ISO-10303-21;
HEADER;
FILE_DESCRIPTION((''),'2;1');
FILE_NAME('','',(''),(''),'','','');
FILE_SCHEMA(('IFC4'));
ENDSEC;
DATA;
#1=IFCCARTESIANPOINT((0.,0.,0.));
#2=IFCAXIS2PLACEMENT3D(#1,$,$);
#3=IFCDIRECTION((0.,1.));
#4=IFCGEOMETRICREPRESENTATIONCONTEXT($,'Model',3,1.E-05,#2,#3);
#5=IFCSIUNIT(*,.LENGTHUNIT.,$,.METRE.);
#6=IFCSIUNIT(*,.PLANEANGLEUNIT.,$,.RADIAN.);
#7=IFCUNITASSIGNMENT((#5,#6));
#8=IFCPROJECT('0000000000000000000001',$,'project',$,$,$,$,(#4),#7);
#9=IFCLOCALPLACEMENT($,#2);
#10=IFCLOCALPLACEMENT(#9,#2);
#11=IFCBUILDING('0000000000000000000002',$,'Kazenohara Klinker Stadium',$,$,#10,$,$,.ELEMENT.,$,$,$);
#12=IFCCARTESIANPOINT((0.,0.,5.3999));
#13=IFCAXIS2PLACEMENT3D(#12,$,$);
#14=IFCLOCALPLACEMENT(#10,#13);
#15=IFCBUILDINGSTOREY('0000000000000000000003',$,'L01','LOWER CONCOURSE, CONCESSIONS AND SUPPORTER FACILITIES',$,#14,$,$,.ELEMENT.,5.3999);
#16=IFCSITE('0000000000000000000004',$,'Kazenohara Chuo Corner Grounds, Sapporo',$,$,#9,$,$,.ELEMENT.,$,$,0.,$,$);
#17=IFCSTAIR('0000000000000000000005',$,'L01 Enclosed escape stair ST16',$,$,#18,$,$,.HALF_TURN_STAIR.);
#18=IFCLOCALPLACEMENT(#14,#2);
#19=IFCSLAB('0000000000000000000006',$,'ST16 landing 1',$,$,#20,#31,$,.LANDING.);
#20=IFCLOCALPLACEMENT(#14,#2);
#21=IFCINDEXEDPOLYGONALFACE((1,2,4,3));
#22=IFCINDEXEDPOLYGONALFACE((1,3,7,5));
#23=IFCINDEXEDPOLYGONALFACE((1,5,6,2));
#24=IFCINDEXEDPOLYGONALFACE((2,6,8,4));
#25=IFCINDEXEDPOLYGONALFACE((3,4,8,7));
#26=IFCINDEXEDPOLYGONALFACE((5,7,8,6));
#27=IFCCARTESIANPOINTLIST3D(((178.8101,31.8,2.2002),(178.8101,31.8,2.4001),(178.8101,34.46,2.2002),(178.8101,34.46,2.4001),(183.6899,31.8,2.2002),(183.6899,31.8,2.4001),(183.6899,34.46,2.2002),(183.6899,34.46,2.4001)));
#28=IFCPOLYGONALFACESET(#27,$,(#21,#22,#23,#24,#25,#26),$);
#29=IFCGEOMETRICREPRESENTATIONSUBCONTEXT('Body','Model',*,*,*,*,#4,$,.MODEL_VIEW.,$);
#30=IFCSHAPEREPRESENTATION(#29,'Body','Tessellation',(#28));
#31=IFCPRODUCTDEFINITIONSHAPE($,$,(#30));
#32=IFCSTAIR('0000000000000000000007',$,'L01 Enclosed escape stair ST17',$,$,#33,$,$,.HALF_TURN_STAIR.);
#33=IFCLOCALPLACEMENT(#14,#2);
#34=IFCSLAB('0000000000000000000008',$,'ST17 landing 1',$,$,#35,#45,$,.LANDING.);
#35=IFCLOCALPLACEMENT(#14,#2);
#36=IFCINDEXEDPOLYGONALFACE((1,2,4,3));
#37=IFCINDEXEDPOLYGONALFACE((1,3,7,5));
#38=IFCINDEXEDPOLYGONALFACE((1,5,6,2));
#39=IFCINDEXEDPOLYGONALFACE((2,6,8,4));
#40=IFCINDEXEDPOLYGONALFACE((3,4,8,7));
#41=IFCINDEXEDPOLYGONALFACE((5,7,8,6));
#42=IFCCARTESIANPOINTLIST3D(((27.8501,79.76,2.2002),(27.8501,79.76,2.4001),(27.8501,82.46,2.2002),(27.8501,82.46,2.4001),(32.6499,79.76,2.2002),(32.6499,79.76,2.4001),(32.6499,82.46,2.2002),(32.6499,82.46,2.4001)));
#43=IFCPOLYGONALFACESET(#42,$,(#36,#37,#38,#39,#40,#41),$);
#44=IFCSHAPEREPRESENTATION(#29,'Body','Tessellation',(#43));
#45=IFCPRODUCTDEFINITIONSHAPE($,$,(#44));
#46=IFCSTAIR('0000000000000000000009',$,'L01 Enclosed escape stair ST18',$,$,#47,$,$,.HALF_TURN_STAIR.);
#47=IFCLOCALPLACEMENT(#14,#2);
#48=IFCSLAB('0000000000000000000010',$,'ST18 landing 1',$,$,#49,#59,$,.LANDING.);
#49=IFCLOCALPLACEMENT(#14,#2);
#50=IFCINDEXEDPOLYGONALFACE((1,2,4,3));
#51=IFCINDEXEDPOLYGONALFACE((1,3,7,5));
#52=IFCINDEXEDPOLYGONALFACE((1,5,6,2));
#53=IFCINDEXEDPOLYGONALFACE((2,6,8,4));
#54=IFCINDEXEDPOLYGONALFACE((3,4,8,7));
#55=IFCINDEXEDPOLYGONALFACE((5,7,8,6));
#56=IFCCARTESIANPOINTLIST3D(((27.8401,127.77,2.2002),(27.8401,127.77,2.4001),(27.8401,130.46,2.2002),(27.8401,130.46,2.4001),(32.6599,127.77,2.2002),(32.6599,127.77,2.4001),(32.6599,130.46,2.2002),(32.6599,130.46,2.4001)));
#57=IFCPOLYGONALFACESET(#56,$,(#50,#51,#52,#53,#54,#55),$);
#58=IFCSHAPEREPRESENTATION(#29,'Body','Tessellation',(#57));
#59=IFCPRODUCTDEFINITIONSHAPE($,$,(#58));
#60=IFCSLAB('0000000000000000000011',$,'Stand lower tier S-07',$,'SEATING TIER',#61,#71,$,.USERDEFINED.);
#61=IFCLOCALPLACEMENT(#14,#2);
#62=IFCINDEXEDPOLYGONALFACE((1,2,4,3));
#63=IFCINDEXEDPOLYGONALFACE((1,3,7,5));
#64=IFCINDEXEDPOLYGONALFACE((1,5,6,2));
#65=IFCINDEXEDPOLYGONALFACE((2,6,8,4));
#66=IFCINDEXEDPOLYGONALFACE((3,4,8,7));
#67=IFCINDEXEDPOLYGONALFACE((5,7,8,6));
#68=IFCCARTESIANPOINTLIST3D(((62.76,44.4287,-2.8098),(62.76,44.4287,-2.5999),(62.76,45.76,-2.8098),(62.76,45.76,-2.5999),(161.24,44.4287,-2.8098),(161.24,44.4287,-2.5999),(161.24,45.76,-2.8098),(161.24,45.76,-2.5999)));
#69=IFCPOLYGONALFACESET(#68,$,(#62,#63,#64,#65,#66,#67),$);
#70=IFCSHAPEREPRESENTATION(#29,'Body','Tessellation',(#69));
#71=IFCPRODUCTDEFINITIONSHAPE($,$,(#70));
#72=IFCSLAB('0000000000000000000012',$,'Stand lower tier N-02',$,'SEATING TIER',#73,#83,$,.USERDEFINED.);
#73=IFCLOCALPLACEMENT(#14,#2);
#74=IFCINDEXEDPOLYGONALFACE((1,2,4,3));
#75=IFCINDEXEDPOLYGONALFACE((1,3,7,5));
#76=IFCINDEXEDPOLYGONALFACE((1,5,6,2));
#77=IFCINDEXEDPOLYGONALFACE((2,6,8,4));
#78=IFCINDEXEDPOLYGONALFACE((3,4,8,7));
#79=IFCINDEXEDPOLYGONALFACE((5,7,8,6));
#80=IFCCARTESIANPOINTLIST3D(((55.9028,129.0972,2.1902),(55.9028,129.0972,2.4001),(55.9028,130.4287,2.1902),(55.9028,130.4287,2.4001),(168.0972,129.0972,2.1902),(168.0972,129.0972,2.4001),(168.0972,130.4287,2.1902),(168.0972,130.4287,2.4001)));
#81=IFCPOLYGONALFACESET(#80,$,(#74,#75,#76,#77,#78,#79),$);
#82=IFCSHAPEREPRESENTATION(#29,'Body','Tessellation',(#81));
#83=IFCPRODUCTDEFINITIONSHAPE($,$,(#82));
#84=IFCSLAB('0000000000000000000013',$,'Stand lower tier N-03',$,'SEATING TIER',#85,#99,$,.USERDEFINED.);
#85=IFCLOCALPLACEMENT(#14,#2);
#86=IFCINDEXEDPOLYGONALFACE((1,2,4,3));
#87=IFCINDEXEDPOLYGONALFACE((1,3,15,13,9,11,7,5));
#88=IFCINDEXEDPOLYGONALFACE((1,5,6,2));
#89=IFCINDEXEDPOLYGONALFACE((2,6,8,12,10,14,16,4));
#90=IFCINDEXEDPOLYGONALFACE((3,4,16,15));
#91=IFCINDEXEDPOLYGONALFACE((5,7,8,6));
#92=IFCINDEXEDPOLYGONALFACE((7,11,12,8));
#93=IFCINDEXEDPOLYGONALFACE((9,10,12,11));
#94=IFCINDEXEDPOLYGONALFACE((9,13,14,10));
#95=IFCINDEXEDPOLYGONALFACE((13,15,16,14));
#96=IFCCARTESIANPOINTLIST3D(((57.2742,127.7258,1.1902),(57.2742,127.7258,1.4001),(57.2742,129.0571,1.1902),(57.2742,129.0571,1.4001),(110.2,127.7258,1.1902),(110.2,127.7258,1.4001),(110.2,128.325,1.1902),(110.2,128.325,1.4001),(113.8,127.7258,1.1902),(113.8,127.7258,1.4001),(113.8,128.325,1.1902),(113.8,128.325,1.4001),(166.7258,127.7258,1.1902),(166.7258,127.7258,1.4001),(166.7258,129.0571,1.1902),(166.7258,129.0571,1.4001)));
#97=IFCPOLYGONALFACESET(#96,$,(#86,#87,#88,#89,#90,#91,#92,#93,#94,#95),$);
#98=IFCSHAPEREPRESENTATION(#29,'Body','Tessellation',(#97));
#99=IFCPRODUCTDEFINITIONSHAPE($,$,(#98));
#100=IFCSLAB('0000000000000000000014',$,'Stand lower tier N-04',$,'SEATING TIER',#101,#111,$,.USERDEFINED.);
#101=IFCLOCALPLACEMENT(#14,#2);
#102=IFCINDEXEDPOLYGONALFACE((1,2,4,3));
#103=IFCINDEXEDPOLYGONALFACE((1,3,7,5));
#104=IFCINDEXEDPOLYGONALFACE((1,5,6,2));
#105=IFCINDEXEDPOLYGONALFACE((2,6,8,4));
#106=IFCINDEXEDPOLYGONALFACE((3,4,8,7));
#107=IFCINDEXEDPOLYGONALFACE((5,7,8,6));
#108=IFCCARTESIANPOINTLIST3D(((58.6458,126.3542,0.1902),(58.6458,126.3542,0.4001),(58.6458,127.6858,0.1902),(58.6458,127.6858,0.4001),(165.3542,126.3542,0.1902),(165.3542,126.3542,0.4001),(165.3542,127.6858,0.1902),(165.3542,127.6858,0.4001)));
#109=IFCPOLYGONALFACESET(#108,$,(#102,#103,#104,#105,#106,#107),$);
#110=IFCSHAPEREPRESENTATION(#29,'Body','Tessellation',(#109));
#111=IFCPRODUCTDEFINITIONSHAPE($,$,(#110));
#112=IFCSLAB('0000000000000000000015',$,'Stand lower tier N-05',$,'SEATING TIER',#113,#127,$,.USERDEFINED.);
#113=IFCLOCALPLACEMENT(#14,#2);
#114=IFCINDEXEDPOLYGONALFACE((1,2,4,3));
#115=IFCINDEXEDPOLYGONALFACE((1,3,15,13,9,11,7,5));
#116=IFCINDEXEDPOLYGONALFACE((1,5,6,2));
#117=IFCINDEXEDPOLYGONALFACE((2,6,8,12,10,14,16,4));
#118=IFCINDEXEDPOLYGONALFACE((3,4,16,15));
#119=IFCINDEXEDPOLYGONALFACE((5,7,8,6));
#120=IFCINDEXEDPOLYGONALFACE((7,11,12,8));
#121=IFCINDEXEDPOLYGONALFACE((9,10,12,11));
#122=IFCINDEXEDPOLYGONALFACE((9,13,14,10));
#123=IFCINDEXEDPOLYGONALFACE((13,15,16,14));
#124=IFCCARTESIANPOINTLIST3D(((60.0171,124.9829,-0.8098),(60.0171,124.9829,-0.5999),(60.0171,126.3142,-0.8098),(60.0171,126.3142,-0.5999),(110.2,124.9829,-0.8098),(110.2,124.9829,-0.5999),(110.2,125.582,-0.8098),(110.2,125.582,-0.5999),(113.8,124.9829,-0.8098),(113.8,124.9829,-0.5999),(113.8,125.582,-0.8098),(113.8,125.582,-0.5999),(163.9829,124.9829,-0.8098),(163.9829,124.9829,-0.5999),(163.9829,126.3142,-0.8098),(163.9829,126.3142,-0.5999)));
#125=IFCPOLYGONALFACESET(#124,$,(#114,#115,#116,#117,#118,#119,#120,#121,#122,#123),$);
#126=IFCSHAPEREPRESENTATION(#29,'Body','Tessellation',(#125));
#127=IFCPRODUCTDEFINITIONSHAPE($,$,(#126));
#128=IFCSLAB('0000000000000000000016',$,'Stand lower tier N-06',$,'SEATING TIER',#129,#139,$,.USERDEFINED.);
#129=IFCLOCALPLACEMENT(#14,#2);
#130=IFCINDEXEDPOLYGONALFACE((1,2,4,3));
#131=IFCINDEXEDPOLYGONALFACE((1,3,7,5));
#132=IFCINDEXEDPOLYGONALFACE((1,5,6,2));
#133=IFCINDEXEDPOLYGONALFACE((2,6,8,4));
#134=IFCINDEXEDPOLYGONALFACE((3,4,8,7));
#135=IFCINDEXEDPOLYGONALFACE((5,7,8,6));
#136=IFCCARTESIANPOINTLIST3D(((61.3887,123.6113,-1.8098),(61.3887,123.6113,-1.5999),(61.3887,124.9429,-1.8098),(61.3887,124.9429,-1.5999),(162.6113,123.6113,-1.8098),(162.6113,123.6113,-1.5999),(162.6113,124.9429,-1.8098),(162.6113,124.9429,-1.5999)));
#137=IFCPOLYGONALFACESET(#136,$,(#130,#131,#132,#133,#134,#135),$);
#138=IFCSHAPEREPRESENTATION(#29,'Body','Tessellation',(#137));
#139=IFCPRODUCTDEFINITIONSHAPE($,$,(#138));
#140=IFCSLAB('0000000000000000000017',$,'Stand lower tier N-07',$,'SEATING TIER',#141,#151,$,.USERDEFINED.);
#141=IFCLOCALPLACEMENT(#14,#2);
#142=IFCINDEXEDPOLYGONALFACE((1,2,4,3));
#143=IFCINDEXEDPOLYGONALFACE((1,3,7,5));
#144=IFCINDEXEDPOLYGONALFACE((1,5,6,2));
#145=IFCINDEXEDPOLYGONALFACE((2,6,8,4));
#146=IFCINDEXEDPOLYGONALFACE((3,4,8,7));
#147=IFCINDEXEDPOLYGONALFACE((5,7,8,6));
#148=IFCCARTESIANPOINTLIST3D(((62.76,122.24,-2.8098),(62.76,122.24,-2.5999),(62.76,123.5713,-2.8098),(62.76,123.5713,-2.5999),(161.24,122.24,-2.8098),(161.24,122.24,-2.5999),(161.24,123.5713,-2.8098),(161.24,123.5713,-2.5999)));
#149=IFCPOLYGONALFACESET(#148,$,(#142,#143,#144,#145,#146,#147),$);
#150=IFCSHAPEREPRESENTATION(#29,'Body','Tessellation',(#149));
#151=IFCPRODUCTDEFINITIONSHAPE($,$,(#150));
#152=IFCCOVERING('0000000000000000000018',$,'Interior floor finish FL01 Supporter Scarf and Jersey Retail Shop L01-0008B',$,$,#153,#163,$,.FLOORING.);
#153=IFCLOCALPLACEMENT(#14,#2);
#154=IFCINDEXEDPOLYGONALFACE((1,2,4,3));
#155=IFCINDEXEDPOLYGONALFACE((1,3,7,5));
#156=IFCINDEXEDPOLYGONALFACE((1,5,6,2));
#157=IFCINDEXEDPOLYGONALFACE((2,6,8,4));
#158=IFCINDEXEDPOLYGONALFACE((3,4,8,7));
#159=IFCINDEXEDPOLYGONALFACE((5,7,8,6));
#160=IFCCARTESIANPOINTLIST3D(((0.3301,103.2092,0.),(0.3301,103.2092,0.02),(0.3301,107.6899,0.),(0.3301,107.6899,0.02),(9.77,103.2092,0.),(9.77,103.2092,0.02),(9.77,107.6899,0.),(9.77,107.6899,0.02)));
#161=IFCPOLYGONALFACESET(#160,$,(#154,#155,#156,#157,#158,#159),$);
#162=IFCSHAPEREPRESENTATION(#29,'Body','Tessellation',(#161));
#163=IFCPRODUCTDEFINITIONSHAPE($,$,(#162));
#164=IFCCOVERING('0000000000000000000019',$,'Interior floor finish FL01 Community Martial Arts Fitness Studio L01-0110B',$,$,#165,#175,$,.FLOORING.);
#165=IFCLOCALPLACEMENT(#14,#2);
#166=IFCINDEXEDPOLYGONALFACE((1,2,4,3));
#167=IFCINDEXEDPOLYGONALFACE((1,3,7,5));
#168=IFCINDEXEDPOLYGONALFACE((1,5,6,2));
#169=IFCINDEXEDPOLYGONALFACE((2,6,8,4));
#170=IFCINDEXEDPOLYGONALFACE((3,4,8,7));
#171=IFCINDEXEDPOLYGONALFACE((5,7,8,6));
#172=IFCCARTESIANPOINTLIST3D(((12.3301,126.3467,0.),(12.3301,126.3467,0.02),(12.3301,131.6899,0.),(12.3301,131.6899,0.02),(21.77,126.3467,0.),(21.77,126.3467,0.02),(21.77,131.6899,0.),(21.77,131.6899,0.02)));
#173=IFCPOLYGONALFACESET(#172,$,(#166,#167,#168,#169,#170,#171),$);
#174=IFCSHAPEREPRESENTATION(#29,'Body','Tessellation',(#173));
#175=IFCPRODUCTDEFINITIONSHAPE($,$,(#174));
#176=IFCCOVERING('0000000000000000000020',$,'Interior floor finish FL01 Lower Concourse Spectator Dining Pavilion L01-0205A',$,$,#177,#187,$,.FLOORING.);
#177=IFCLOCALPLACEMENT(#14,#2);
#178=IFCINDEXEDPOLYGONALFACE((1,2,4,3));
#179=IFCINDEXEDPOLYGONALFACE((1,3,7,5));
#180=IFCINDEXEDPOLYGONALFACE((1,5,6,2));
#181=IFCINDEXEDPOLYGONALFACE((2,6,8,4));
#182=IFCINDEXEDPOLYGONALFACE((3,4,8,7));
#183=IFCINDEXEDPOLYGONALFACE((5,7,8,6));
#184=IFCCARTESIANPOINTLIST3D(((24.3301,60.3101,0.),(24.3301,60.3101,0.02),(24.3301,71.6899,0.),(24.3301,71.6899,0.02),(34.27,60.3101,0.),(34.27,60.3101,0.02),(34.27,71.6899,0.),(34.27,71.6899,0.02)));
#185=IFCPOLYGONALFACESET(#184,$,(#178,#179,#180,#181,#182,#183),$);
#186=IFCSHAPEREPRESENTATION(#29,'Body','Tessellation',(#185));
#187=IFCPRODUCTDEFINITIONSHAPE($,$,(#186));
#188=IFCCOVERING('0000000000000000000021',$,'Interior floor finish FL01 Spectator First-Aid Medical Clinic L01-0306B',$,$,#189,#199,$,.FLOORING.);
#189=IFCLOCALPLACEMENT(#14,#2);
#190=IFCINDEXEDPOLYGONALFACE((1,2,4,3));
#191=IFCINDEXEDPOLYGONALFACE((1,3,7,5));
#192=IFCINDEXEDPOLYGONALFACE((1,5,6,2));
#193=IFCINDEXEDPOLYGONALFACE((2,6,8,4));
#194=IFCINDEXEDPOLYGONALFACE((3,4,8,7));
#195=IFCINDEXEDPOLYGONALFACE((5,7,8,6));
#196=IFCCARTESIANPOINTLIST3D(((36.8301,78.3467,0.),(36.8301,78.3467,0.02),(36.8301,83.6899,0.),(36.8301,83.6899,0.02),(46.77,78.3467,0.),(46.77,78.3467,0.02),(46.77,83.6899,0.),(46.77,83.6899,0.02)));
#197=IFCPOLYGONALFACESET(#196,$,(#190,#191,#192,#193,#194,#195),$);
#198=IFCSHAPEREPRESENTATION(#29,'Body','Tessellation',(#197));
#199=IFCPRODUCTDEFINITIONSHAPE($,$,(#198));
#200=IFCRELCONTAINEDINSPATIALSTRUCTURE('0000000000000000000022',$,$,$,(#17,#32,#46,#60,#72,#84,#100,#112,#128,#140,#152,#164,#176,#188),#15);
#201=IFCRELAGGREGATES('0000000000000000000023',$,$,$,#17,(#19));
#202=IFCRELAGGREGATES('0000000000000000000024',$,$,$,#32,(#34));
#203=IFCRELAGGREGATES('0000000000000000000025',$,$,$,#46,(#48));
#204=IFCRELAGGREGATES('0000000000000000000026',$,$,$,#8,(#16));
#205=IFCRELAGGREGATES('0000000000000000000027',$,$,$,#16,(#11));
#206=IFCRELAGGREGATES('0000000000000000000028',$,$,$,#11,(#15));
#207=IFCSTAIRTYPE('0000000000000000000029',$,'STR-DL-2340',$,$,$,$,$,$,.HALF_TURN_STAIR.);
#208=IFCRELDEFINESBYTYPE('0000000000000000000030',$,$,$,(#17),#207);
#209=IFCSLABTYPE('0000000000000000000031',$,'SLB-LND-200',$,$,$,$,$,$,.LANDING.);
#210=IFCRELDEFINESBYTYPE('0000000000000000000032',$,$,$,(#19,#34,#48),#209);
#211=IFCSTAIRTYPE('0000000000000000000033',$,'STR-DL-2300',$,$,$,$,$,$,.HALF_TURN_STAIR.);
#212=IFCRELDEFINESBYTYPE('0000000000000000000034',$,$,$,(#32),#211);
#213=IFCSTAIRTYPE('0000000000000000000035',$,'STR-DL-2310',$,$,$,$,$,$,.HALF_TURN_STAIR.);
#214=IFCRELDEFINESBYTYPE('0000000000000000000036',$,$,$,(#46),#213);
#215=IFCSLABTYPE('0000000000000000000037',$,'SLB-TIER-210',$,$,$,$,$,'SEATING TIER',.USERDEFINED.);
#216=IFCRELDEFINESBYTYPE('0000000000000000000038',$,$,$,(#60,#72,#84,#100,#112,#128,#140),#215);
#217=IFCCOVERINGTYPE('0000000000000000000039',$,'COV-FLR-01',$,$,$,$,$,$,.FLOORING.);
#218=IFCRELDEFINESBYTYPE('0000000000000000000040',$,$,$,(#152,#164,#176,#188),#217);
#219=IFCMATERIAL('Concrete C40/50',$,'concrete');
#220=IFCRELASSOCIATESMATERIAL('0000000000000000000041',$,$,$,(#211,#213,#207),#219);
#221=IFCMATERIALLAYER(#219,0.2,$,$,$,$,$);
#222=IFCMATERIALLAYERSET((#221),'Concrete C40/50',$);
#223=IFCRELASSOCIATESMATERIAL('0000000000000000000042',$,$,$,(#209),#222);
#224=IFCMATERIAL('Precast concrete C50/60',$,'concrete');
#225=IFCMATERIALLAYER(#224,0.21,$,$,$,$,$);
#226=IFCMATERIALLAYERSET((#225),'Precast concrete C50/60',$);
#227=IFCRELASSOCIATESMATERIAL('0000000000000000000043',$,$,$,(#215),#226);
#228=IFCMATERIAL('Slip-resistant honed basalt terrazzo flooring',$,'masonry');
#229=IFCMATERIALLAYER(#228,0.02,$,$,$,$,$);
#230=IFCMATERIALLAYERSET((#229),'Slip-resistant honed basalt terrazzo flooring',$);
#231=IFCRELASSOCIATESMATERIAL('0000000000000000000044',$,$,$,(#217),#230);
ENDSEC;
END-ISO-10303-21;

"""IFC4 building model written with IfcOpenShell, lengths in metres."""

from ifc_helpers import new_model, si_unit, direction, frame, origin, place, context, subcontext, project, spatial, polyline, outline, extrude, material, layer, layer_set, type_object, element, aggregate, save


model = new_model("IFC4")

# Units and contexts
model_context = context("Model", 3, precision=1e-05, world=origin(), true_north=direction((0.0, 1.0)))
body_context = subcontext(model_context, "Body", "Model", "MODEL_VIEW")
ifc_project = project(units=[si_unit("LENGTHUNIT", "METRE"), si_unit("PLANEANGLEUNIT", "RADIAN")], contexts=[model_context])

# Site, building, storey
site_placement = place(None, origin())
site = spatial("IfcSite", under=ifc_project, at=site_placement, Name="Kazenohara Chuo Corner Grounds, Sapporo", CompositionType="ELEMENT", RefElevation=0.0)
building_placement = place(site_placement, origin())
building = spatial("IfcBuilding", under=site, at=building_placement, Name="Kazenohara Klinker Stadium", CompositionType="ELEMENT")
storey_placement = place(building_placement, frame((0.0, 0.0, 5.3999)))
storey = spatial("IfcBuildingStorey", under=building, at=storey_placement, Name="L01", Description="LOWER CONCOURSE, CONCESSIONS AND SUPPORTER FACILITIES", CompositionType="ELEMENT", Elevation=5.3999)

# Stairs, slabs
ifc_material_1 = material(Name="Concrete C40/50", Category="concrete")
stair_type_1 = type_object("IfcStairType", Name="STR-DL-2300", PredefinedType="HALF_TURN_STAIR", material=ifc_material_1)
ifc_layer_1 = layer(ifc_material_1, 0.2)
ifc_layer_set_1 = layer_set([ifc_layer_1], Name="Concrete C40/50")
slab_type_1 = type_object("IfcSlabType", Name="SLB-LND-200", PredefinedType="LANDING", material=ifc_layer_set_1)
stair_type_2 = type_object("IfcStairType", Name="STR-DL-2310", PredefinedType="HALF_TURN_STAIR", material=ifc_material_1)
stair_type_3 = type_object("IfcStairType", Name="STR-DL-2340", PredefinedType="HALF_TURN_STAIR", material=ifc_material_1)
stair_1_placement = place(storey_placement, origin())
stair_1 = element("IfcStair", 1, at=stair_1_placement, inside=storey, type_object=stair_type_3, Name="L01 Enclosed escape stair ST16", PredefinedType="HALF_TURN_STAIR")
slab_1_placement = place(storey_placement, frame((0.0, 0.0, 2.2002)))
slab_1 = element("IfcSlab", 2, at=slab_1_placement, type_object=slab_type_1, Name="ST16 landing 1", PredefinedType="LANDING", context=body_context, shape_type="SweptSolid", body=[
    extrude(outline(polyline([(183.6899, 31.8), (183.6899, 34.46), (178.8101, 34.46), (178.8101, 31.8), (183.6899, 31.8)])), origin(), (0.0, 0.0, 1.0), 0.2),
])
aggregate(stair_1, [slab_1])
stair_2_placement = place(storey_placement, origin())
stair_2 = element("IfcStair", 3, at=stair_2_placement, inside=storey, type_object=stair_type_1, Name="L01 Enclosed escape stair ST17", PredefinedType="HALF_TURN_STAIR")
slab_2_placement = place(storey_placement, frame((0.0, 0.0, 2.2002)))
slab_2 = element("IfcSlab", 4, at=slab_2_placement, type_object=slab_type_1, Name="ST17 landing 1", PredefinedType="LANDING", context=body_context, shape_type="SweptSolid", body=[
    extrude(outline(polyline([(32.6499, 79.76), (32.6499, 82.46), (27.8501, 82.46), (27.8501, 79.76), (32.6499, 79.76)])), origin(), (0.0, 0.0, 1.0), 0.2),
])
aggregate(stair_2, [slab_2])
stair_3_placement = place(storey_placement, origin())
stair_3 = element("IfcStair", 5, at=stair_3_placement, inside=storey, type_object=stair_type_2, Name="L01 Enclosed escape stair ST18", PredefinedType="HALF_TURN_STAIR")
slab_3_placement = place(storey_placement, frame((0.0, 0.0, 2.2002)))
slab_3 = element("IfcSlab", 6, at=slab_3_placement, type_object=slab_type_1, Name="ST18 landing 1", PredefinedType="LANDING", context=body_context, shape_type="SweptSolid", body=[
    extrude(outline(polyline([(32.6599, 127.77), (32.6599, 130.46), (27.8401, 130.46), (27.8401, 127.77), (32.6599, 127.77)])), origin(), (0.0, 0.0, 1.0), 0.2),
])
aggregate(stair_3, [slab_3])

# Slabs
ifc_material_2 = material(Name="Precast concrete C50/60", Category="concrete")
ifc_layer_2 = layer(ifc_material_2, 0.21)
ifc_layer_set_2 = layer_set([ifc_layer_2], Name="Precast concrete C50/60")
slab_type_2 = type_object("IfcSlabType", Name="SLB-TIER-210", ElementType="SEATING TIER", PredefinedType="USERDEFINED", material=ifc_layer_set_2)
slab_4_placement = place(storey_placement, frame((0.0, 0.0, -2.8098)))
element("IfcSlab", 7, at=slab_4_placement, inside=storey, type_object=slab_type_2, Name="Stand lower tier S-07", ObjectType="SEATING TIER", PredefinedType="USERDEFINED", context=body_context, shape_type="SweptSolid", body=[
    extrude(outline(polyline([(62.76, 44.4287), (161.24, 44.4287), (161.24, 45.76), (62.76, 45.76), (62.76, 44.4287)])), origin(), (0.0, 0.0, 1.0), 0.21),
])
slab_5_placement = place(storey_placement, frame((0.0, 0.0, 2.1902)))
element("IfcSlab", 8, at=slab_5_placement, inside=storey, type_object=slab_type_2, Name="Stand lower tier N-02", ObjectType="SEATING TIER", PredefinedType="USERDEFINED", context=body_context, shape_type="SweptSolid", body=[
    extrude(outline(polyline([(55.9028, 129.0972), (168.0972, 129.0972), (168.0972, 130.4287), (55.9028, 130.4287), (55.9028, 129.0972)])), origin(), (0.0, 0.0, 1.0), 0.21),
])
slab_6_placement = place(storey_placement, frame((0.0, 0.0, 1.1902)))
element("IfcSlab", 9, at=slab_6_placement, inside=storey, type_object=slab_type_2, Name="Stand lower tier N-03", ObjectType="SEATING TIER", PredefinedType="USERDEFINED", context=body_context, shape_type="SweptSolid", body=[
    extrude(outline(polyline([(57.2742, 127.7258), (110.2, 127.7258), (110.2, 128.325), (113.8, 128.325), (113.8, 127.7258), (166.7258, 127.7258), (166.7258, 129.0571), (57.2742, 129.0571), (57.2742, 127.7258)])), origin(), (0.0, 0.0, 1.0), 0.21),
])
slab_7_placement = place(storey_placement, frame((0.0, 0.0, 0.1902)))
element("IfcSlab", 10, at=slab_7_placement, inside=storey, type_object=slab_type_2, Name="Stand lower tier N-04", ObjectType="SEATING TIER", PredefinedType="USERDEFINED", context=body_context, shape_type="SweptSolid", body=[
    extrude(outline(polyline([(58.6458, 126.3542), (165.3542, 126.3542), (165.3542, 127.6858), (58.6458, 127.6858), (58.6458, 126.3542)])), origin(), (0.0, 0.0, 1.0), 0.21),
])
slab_8_placement = place(storey_placement, frame((0.0, 0.0, -0.8098)))
element("IfcSlab", 11, at=slab_8_placement, inside=storey, type_object=slab_type_2, Name="Stand lower tier N-05", ObjectType="SEATING TIER", PredefinedType="USERDEFINED", context=body_context, shape_type="SweptSolid", body=[
    extrude(outline(polyline([(60.0171, 124.9829), (110.2, 124.9829), (110.2, 125.582), (113.8, 125.582), (113.8, 124.9829), (163.9829, 124.9829), (163.9829, 126.3142), (60.0171, 126.3142), (60.0171, 124.9829)])), origin(), (0.0, 0.0, 1.0), 0.21),
])
slab_9_placement = place(storey_placement, frame((0.0, 0.0, -1.8098)))
element("IfcSlab", 12, at=slab_9_placement, inside=storey, type_object=slab_type_2, Name="Stand lower tier N-06", ObjectType="SEATING TIER", PredefinedType="USERDEFINED", context=body_context, shape_type="SweptSolid", body=[
    extrude(outline(polyline([(61.3887, 123.6113), (162.6113, 123.6113), (162.6113, 124.9429), (61.3887, 124.9429), (61.3887, 123.6113)])), origin(), (0.0, 0.0, 1.0), 0.21),
])
slab_10_placement = place(storey_placement, frame((0.0, 0.0, -2.8098)))
element("IfcSlab", 13, at=slab_10_placement, inside=storey, type_object=slab_type_2, Name="Stand lower tier N-07", ObjectType="SEATING TIER", PredefinedType="USERDEFINED", context=body_context, shape_type="SweptSolid", body=[
    extrude(outline(polyline([(62.76, 122.24), (161.24, 122.24), (161.24, 123.5713), (62.76, 123.5713), (62.76, 122.24)])), origin(), (0.0, 0.0, 1.0), 0.21),
])

# Coverings
ifc_material_3 = material(Name="Slip-resistant honed basalt terrazzo flooring", Category="masonry")
ifc_layer_3 = layer(ifc_material_3, 0.02)
ifc_layer_set_3 = layer_set([ifc_layer_3], Name="Slip-resistant honed basalt terrazzo flooring")
covering_type_1 = type_object("IfcCoveringType", Name="COV-FLR-01", PredefinedType="FLOORING", material=ifc_layer_set_3)
covering_1_placement = place(storey_placement, origin())
element("IfcCovering", 14, at=covering_1_placement, inside=storey, type_object=covering_type_1, Name="Interior floor finish FL01 Supporter Scarf and Jersey Retail Shop L01-0008B", PredefinedType="FLOORING", context=body_context, shape_type="SweptSolid", body=[
    extrude(outline(polyline([(0.3301, 103.2092), (9.77, 103.2092), (9.77, 107.6899), (0.3301, 107.6899), (0.3301, 103.2092)])), origin(), (0.0, 0.0, 1.0), 0.02),
])
covering_2_placement = place(storey_placement, origin())
element("IfcCovering", 15, at=covering_2_placement, inside=storey, type_object=covering_type_1, Name="Interior floor finish FL01 Community Martial Arts Fitness Studio L01-0110B", PredefinedType="FLOORING", context=body_context, shape_type="SweptSolid", body=[
    extrude(outline(polyline([(12.3301, 126.3467), (21.77, 126.3467), (21.77, 131.6899), (12.3301, 131.6899), (12.3301, 126.3467)])), origin(), (0.0, 0.0, 1.0), 0.02),
])
covering_3_placement = place(storey_placement, origin())
element("IfcCovering", 16, at=covering_3_placement, inside=storey, type_object=covering_type_1, Name="Interior floor finish FL01 Lower Concourse Spectator Dining Pavilion L01-0205A", PredefinedType="FLOORING", context=body_context, shape_type="SweptSolid", body=[
    extrude(outline(polyline([(24.3301, 60.3101), (34.27, 60.3101), (34.27, 71.6899), (24.3301, 71.6899), (24.3301, 60.3101)])), origin(), (0.0, 0.0, 1.0), 0.02),
])
covering_4_placement = place(storey_placement, origin())
element("IfcCovering", 17, at=covering_4_placement, inside=storey, type_object=covering_type_1, Name="Interior floor finish FL01 Spectator First-Aid Medical Clinic L01-0306B", PredefinedType="FLOORING", context=body_context, shape_type="SweptSolid", body=[
    extrude(outline(polyline([(36.8301, 78.3467), (46.77, 78.3467), (46.77, 83.6899), (36.8301, 83.6899), (36.8301, 78.3467)])), origin(), (0.0, 0.0, 1.0), 0.02),
])

save(model, "model.ifc")
